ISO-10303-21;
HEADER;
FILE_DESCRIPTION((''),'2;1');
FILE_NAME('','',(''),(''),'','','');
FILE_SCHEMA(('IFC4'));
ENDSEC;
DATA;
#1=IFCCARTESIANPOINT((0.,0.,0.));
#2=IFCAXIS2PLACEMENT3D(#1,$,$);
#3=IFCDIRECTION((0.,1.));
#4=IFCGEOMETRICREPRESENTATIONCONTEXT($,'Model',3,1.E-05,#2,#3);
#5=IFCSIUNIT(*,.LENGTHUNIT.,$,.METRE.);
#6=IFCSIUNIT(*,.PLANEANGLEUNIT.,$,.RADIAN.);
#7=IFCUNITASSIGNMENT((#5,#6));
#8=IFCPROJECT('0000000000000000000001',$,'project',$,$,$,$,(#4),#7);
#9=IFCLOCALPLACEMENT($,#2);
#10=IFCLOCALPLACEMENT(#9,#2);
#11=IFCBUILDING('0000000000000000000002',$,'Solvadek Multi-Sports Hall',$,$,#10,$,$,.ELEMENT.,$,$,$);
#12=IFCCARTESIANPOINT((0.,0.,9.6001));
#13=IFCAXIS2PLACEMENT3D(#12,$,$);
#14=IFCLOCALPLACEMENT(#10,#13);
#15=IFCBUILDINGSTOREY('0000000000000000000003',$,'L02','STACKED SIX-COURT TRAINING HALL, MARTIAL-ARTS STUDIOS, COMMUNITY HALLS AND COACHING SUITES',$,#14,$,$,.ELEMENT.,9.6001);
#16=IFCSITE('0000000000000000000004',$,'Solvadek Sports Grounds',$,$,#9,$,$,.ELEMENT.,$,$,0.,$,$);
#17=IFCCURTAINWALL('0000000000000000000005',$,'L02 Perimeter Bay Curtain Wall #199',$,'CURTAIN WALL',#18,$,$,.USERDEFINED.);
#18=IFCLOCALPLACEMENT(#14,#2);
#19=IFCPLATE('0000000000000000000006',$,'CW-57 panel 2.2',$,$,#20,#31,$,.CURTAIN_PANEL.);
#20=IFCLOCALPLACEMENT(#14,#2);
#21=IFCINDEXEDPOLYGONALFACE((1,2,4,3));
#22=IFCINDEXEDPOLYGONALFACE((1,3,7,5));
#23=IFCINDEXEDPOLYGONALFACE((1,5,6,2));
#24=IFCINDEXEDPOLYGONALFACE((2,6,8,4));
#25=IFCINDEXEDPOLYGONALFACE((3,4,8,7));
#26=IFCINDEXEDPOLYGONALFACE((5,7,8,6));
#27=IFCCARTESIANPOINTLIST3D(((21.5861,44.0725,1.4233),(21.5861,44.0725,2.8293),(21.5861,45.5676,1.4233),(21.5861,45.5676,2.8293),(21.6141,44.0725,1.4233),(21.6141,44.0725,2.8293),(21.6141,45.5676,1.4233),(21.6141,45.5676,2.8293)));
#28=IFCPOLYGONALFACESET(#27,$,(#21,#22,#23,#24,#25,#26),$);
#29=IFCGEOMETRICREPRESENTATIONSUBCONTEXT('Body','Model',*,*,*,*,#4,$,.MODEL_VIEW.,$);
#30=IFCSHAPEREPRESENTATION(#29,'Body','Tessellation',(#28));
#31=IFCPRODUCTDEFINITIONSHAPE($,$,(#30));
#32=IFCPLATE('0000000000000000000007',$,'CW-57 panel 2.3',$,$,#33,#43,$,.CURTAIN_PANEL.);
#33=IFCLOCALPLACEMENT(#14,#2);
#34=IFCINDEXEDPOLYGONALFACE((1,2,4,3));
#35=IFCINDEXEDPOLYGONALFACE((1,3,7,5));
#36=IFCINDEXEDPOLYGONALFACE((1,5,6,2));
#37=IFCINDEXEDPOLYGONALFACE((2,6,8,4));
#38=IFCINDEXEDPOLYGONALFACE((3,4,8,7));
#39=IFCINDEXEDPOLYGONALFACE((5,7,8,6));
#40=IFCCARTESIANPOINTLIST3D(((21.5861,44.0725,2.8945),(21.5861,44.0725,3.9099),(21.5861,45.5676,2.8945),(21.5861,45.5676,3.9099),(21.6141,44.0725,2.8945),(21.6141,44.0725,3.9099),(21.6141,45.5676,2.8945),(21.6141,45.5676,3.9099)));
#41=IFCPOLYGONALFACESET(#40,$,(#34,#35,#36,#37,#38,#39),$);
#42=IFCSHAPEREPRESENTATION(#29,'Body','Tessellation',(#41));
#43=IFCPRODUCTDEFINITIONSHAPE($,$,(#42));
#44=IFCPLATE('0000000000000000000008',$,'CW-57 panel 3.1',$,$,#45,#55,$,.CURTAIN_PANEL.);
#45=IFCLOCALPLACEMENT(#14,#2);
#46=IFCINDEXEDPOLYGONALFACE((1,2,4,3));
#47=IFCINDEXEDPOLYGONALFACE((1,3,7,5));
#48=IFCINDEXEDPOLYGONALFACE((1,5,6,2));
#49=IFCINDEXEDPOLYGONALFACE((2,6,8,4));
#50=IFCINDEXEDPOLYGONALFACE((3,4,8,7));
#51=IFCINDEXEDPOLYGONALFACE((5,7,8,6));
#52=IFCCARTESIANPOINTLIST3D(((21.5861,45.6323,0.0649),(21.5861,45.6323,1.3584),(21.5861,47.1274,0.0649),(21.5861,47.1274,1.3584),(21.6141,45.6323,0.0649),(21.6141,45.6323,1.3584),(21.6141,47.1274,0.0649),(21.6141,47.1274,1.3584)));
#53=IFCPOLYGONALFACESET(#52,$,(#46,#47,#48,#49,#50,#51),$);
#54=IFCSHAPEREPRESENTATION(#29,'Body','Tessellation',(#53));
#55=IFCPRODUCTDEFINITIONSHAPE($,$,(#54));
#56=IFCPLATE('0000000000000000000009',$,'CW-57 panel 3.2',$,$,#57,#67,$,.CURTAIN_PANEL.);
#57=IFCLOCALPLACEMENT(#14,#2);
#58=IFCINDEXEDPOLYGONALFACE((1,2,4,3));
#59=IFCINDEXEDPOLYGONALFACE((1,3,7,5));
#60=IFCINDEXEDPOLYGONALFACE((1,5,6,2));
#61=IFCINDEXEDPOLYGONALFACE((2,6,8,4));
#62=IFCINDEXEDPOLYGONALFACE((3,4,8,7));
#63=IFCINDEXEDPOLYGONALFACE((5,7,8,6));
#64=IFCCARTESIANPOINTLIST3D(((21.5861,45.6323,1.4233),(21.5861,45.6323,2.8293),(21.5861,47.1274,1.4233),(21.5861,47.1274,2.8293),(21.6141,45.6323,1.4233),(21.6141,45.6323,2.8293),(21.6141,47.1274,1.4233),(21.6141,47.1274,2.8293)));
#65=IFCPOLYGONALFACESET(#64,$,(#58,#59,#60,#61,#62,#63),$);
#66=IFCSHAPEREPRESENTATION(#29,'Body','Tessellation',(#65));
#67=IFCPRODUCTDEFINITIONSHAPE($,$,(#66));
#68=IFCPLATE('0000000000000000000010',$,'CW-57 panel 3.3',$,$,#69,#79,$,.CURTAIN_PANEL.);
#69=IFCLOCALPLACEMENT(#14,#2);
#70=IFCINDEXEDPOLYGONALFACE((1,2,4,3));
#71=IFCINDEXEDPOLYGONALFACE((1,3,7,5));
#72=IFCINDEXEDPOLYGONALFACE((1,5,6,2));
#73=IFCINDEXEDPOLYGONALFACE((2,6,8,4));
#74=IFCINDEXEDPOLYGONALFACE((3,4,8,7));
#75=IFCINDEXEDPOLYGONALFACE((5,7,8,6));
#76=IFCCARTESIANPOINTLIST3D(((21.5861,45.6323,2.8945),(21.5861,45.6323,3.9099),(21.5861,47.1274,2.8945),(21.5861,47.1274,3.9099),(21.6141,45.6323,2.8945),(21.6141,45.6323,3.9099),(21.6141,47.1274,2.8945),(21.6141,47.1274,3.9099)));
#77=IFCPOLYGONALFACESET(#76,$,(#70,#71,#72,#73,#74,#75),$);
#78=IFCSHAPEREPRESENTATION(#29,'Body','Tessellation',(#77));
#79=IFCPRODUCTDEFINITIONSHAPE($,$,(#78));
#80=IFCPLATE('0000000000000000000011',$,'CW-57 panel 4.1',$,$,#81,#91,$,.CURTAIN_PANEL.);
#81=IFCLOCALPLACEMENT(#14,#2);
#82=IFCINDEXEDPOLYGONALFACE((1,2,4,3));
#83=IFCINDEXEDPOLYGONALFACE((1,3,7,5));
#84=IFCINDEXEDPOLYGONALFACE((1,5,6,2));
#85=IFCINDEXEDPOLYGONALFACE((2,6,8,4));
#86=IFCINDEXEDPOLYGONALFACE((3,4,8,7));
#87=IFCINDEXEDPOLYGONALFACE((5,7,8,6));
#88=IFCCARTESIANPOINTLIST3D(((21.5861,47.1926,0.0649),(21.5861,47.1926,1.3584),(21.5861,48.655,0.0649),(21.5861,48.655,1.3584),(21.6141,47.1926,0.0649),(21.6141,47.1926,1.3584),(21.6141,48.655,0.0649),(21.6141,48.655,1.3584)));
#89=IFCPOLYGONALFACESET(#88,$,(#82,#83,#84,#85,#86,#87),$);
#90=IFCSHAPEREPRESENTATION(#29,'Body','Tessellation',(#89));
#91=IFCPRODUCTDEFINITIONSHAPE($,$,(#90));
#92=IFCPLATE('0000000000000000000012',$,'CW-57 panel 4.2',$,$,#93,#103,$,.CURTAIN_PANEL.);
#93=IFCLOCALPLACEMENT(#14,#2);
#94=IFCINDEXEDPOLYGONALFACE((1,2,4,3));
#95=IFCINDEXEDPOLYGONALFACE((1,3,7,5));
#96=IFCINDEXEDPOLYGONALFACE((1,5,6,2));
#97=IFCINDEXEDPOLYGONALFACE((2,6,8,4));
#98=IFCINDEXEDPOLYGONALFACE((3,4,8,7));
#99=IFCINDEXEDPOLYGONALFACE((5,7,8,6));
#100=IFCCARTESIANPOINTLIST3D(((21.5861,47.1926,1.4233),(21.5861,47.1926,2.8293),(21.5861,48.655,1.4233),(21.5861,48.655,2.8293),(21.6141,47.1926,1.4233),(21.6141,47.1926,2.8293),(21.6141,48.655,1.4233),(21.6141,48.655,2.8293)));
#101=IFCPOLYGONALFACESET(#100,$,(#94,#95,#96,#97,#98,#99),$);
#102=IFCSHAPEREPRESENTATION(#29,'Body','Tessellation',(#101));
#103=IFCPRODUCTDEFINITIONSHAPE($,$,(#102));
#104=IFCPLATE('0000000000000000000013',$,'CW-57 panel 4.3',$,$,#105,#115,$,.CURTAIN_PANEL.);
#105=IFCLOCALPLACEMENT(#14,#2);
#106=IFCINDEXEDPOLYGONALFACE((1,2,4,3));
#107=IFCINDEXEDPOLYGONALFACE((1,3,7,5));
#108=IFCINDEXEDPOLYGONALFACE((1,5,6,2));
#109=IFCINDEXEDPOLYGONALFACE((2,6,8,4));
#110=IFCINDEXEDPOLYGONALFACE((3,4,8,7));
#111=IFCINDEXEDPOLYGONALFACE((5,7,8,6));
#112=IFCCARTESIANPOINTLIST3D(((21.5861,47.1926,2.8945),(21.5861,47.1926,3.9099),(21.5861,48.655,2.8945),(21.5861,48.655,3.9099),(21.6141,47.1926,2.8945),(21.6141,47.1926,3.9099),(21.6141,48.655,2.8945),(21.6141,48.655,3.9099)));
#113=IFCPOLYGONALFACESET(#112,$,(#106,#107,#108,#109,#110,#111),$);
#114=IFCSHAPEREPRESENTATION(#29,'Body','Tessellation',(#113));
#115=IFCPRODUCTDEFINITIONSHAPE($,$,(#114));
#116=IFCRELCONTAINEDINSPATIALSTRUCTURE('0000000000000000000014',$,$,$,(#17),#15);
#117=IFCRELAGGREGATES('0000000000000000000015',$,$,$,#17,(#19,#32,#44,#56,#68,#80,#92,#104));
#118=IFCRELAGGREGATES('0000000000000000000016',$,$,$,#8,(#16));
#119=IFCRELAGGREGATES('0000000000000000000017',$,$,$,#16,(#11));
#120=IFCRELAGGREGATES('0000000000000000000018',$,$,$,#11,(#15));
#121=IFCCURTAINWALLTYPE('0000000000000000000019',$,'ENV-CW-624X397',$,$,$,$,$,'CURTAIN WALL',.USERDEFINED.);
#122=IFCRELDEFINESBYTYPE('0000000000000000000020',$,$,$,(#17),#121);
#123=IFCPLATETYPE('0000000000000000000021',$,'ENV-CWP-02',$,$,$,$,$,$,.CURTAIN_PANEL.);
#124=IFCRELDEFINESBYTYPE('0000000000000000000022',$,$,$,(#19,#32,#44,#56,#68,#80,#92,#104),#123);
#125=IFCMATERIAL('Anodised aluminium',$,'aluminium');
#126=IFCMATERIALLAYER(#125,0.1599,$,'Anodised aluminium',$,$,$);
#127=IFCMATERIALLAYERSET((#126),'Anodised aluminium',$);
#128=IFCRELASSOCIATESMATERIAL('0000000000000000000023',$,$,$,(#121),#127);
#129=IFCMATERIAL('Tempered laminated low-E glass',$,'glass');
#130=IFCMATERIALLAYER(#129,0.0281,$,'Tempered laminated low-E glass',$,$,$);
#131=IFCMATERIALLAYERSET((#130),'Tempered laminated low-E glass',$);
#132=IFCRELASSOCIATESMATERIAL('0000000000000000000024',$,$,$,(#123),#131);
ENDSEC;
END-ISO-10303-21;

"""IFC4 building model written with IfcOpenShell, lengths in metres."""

from ifc_helpers import new_model, si_unit, direction, frame, origin, origin_2d, place, context, subcontext, project, spatial, rectangle, extrude, material, layer, layer_set, type_object, element, aggregate, save


model = new_model("IFC4")

# Units and contexts
model_context = context("Model", 3, precision=1e-05, world=origin(), true_north=direction((0.0, 1.0)))
body_context = subcontext(model_context, "Body", "Model", "MODEL_VIEW")
ifc_project = project(units=[si_unit("LENGTHUNIT", "METRE"), si_unit("PLANEANGLEUNIT", "RADIAN")], contexts=[model_context])

# Site, building, storey
site_placement = place(None, origin())
site = spatial("IfcSite", under=ifc_project, at=site_placement, Name="Solvadek Sports Grounds", CompositionType="ELEMENT", RefElevation=0.0)
building_placement = place(site_placement, origin())
building = spatial("IfcBuilding", under=site, at=building_placement, Name="Solvadek Multi-Sports Hall", CompositionType="ELEMENT")
storey_placement = place(building_placement, frame((0.0, 0.0, 9.6001)))
storey = spatial("IfcBuildingStorey", under=building, at=storey_placement, Name="L02", Description="STACKED SIX-COURT TRAINING HALL, MARTIAL-ARTS STUDIOS, COMMUNITY HALLS AND COACHING SUITES", CompositionType="ELEMENT", Elevation=9.6001)

# Curtain wall, plates
ifc_material_1 = material(Name="Anodised aluminium", Category="aluminium")
ifc_layer_1 = layer(ifc_material_1, 0.1599, Name="Anodised aluminium")
ifc_layer_set_1 = layer_set([ifc_layer_1], Name="Anodised aluminium")
curtain_wall_type = type_object("IfcCurtainWallType", Name="ENV-CW-624X397", ElementType="CURTAIN WALL", PredefinedType="USERDEFINED", material=ifc_layer_set_1)
curtain_wall_placement = place(storey_placement, origin())
curtain_wall = element("IfcCurtainWall", 1, at=curtain_wall_placement, inside=storey, type_object=curtain_wall_type, Name="L02 Perimeter Bay Curtain Wall #199", ObjectType="CURTAIN WALL", PredefinedType="USERDEFINED")
ifc_material_2 = material(Name="Tempered laminated low-E glass", Category="glass")
ifc_layer_2 = layer(ifc_material_2, 0.0281, Name="Tempered laminated low-E glass")
ifc_layer_set_2 = layer_set([ifc_layer_2], Name="Tempered laminated low-E glass")
plate_type = type_object("IfcPlateType", Name="ENV-CWP-02", PredefinedType="CURTAIN_PANEL", material=ifc_layer_set_2)
plate_1_placement = place(storey_placement, frame((21.6001, 44.8201, 1.4233), z_axis=(0.0, 0.0, 1.0), x_axis=(0.0, 1.0, 0.0)))
plate_1 = element("IfcPlate", 2, at=plate_1_placement, type_object=plate_type, Name="CW-57 panel 2.2", PredefinedType="CURTAIN_PANEL", context=body_context, shape_type="SweptSolid", body=[
    extrude(rectangle(XDim=1.4951, YDim=0.0281, at=origin_2d()), origin(), (0.0, 0.0, 1.0), 1.406),
])
plate_2_placement = place(storey_placement, frame((21.6001, 44.8201, 2.8945), z_axis=(0.0, 0.0, 1.0), x_axis=(0.0, 1.0, 0.0)))
plate_2 = element("IfcPlate", 3, at=plate_2_placement, type_object=plate_type, Name="CW-57 panel 2.3", PredefinedType="CURTAIN_PANEL", context=body_context, shape_type="SweptSolid", body=[
    extrude(rectangle(XDim=1.4951, YDim=0.0281, at=origin_2d()), origin(), (0.0, 0.0, 1.0), 1.0154),
])
plate_3_placement = place(storey_placement, frame((21.6001, 46.3799, 0.0649), z_axis=(0.0, 0.0, 1.0), x_axis=(0.0, 1.0, 0.0)))
plate_3 = element("IfcPlate", 4, at=plate_3_placement, type_object=plate_type, Name="CW-57 panel 3.1", PredefinedType="CURTAIN_PANEL", context=body_context, shape_type="SweptSolid", body=[
    extrude(rectangle(XDim=1.4951, YDim=0.0281, at=origin_2d()), origin(), (0.0, 0.0, 1.0), 1.2935),
])
plate_4_placement = place(storey_placement, frame((21.6001, 46.3799, 1.4233), z_axis=(0.0, 0.0, 1.0), x_axis=(0.0, 1.0, 0.0)))
plate_4 = element("IfcPlate", 5, at=plate_4_placement, type_object=plate_type, Name="CW-57 panel 3.2", PredefinedType="CURTAIN_PANEL", context=body_context, shape_type="SweptSolid", body=[
    extrude(rectangle(XDim=1.4951, YDim=0.0281, at=origin_2d()), origin(), (0.0, 0.0, 1.0), 1.406),
])
plate_5_placement = place(storey_placement, frame((21.6001, 46.3799, 2.8945), z_axis=(0.0, 0.0, 1.0), x_axis=(0.0, 1.0, 0.0)))
plate_5 = element("IfcPlate", 6, at=plate_5_placement, type_object=plate_type, Name="CW-57 panel 3.3", PredefinedType="CURTAIN_PANEL", context=body_context, shape_type="SweptSolid", body=[
    extrude(rectangle(XDim=1.4951, YDim=0.0281, at=origin_2d()), origin(), (0.0, 0.0, 1.0), 1.0154),
])
plate_6_placement = place(storey_placement, frame((21.6001, 47.9238, 0.0649), z_axis=(0.0, 0.0, 1.0), x_axis=(0.0, 1.0, 0.0)))
plate_6 = element("IfcPlate", 7, at=plate_6_placement, type_object=plate_type, Name="CW-57 panel 4.1", PredefinedType="CURTAIN_PANEL", context=body_context, shape_type="SweptSolid", body=[
    extrude(rectangle(XDim=1.4624, YDim=0.0281, at=origin_2d()), origin(), (0.0, 0.0, 1.0), 1.2935),
])
plate_7_placement = place(storey_placement, frame((21.6001, 47.9238, 1.4233), z_axis=(0.0, 0.0, 1.0), x_axis=(0.0, 1.0, 0.0)))
plate_7 = element("IfcPlate", 8, at=plate_7_placement, type_object=plate_type, Name="CW-57 panel 4.2", PredefinedType="CURTAIN_PANEL", context=body_context, shape_type="SweptSolid", body=[
    extrude(rectangle(XDim=1.4624, YDim=0.0281, at=origin_2d()), origin(), (0.0, 0.0, 1.0), 1.406),
])
plate_8_placement = place(storey_placement, frame((21.6001, 47.9238, 2.8945), z_axis=(0.0, 0.0, 1.0), x_axis=(0.0, 1.0, 0.0)))
plate_8 = element("IfcPlate", 9, at=plate_8_placement, type_object=plate_type, Name="CW-57 panel 4.3", PredefinedType="CURTAIN_PANEL", context=body_context, shape_type="SweptSolid", body=[
    extrude(rectangle(XDim=1.4624, YDim=0.0281, at=origin_2d()), origin(), (0.0, 0.0, 1.0), 1.0154),
])
aggregate(curtain_wall, [plate_1, plate_2, plate_3, plate_4, plate_5, plate_6, plate_7, plate_8])

save(model, "model.ifc")
